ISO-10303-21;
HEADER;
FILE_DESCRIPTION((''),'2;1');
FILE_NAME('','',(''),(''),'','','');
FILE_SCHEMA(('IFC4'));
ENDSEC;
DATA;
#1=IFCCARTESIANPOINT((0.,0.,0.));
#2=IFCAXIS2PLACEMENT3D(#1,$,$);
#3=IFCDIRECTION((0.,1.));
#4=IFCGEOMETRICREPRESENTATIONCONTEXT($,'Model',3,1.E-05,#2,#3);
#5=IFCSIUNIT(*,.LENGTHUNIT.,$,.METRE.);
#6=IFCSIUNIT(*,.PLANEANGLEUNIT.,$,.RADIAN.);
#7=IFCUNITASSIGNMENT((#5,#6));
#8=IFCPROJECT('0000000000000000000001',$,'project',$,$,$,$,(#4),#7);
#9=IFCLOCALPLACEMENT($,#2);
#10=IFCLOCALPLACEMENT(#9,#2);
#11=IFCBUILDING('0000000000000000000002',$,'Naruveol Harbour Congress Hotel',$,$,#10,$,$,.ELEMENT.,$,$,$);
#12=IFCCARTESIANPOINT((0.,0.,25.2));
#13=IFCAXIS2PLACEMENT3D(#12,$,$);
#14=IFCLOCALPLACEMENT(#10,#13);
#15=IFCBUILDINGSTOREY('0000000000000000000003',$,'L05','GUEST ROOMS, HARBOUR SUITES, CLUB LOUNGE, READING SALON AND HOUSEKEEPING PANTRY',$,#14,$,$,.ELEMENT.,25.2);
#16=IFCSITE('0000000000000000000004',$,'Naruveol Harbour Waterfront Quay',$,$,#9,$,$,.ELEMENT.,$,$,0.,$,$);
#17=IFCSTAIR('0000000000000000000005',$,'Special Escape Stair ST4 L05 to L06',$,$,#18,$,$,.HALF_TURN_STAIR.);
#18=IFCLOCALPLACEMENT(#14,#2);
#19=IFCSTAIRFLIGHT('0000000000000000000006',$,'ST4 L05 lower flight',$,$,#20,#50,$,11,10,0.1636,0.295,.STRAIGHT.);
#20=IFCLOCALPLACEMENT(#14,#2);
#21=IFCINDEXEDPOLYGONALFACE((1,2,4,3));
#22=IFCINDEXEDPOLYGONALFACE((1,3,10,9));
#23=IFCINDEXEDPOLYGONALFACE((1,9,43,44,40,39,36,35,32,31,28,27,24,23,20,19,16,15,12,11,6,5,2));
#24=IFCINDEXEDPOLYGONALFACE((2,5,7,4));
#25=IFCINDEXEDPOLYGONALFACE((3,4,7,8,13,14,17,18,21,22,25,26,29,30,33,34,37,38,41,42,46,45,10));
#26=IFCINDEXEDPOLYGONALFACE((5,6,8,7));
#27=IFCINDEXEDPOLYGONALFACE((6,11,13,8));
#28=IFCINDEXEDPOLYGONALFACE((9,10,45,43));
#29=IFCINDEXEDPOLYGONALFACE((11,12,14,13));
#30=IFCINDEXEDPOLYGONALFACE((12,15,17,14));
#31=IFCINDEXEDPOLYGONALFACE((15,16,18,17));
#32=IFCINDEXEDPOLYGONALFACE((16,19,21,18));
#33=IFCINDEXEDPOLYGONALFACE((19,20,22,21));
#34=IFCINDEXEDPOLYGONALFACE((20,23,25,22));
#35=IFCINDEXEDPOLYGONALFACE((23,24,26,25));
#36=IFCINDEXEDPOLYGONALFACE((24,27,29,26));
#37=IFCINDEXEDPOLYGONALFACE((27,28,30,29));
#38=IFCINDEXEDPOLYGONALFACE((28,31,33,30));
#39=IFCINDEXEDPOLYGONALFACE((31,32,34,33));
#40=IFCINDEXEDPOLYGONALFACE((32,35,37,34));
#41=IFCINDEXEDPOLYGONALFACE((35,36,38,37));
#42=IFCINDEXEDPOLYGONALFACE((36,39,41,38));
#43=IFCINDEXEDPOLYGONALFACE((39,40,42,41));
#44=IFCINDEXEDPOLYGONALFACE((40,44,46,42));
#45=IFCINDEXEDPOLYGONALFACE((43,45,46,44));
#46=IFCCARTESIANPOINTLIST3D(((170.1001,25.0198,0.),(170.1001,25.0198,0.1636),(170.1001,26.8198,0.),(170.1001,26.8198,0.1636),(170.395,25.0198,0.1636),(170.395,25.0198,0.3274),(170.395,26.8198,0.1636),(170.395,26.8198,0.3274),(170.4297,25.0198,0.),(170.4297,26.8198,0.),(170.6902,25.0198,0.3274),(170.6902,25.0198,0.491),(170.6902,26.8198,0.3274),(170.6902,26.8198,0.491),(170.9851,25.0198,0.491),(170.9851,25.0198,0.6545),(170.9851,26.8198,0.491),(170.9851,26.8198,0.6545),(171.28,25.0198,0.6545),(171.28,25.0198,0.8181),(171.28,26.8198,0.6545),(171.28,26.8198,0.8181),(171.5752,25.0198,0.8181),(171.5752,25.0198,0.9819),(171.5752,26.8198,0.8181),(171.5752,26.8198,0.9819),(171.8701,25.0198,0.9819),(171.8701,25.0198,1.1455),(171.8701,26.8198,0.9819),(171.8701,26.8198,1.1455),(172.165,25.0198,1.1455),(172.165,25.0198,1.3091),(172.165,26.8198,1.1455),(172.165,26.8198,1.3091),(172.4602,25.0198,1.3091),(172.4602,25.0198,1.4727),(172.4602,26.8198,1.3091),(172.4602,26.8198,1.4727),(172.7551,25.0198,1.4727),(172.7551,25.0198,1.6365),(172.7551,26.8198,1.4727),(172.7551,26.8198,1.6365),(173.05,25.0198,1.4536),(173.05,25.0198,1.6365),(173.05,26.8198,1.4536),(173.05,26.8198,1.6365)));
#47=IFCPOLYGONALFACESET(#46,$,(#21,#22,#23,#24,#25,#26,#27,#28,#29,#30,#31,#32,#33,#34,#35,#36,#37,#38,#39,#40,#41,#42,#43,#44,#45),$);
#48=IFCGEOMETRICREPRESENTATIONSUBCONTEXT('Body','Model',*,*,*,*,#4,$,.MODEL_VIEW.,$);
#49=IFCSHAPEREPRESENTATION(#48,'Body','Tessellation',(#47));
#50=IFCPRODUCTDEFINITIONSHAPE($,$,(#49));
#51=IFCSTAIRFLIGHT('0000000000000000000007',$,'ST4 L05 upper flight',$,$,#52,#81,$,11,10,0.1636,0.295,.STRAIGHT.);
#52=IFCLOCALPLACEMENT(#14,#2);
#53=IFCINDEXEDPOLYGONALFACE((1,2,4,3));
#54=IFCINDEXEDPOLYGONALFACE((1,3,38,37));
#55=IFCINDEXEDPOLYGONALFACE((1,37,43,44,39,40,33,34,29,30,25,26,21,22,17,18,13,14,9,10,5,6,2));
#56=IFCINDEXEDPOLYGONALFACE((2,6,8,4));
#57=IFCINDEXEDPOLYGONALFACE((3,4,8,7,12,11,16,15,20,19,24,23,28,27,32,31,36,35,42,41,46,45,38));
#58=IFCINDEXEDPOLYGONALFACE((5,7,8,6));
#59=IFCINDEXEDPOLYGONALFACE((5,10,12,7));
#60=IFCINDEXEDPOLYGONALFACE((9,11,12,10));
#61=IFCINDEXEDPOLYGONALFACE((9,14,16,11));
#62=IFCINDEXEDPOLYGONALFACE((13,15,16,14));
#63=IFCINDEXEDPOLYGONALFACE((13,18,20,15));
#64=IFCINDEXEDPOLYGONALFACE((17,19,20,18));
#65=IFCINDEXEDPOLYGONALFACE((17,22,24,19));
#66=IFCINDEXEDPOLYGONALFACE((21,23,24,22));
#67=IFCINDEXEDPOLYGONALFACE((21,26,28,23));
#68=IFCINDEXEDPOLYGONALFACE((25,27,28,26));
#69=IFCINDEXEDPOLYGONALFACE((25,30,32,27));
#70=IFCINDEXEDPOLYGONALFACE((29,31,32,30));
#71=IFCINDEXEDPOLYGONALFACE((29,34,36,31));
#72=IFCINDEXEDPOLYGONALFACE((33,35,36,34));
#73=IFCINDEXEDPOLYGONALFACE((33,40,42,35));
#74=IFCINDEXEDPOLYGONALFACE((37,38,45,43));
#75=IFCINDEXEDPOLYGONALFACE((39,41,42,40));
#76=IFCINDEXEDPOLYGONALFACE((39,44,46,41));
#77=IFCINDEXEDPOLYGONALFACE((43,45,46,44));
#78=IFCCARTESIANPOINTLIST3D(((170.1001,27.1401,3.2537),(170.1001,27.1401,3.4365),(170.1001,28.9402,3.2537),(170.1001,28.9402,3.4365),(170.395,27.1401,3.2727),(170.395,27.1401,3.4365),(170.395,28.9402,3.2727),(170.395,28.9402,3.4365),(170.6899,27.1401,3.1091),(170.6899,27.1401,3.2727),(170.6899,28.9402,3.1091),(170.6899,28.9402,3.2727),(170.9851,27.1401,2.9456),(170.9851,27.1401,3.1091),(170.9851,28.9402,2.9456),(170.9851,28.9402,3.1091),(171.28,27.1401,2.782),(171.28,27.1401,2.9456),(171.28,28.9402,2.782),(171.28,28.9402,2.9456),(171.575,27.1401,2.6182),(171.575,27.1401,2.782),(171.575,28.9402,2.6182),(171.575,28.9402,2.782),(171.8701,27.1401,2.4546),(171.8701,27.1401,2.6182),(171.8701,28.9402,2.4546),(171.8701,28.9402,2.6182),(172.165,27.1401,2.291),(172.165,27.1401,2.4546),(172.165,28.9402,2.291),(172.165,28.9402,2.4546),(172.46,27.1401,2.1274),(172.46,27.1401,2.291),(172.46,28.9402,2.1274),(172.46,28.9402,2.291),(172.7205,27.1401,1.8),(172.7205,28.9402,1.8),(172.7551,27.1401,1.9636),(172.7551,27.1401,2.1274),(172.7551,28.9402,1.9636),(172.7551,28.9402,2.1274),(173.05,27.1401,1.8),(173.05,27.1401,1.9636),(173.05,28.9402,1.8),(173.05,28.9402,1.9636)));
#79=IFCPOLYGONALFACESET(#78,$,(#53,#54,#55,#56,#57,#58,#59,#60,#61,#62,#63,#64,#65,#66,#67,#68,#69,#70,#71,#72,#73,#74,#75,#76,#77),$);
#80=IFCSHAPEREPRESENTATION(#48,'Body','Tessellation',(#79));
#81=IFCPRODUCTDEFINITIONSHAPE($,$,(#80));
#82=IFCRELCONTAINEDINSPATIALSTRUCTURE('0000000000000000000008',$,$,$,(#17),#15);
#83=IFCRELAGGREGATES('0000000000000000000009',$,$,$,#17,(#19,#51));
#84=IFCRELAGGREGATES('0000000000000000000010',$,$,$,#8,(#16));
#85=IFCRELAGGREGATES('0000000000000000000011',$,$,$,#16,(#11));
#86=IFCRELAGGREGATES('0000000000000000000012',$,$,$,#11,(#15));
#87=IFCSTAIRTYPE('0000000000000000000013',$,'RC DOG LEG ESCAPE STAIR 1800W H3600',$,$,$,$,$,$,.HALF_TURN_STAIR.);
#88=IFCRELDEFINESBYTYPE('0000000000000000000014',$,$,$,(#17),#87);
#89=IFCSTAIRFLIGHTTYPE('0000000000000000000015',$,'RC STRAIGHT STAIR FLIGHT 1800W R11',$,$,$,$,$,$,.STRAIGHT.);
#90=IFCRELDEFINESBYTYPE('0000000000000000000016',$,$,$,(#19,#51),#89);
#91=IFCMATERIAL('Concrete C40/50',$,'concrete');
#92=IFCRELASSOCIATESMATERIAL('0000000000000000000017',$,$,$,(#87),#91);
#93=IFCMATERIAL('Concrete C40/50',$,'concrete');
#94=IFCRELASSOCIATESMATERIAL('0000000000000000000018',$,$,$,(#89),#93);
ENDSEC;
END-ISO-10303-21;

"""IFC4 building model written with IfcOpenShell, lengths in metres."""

from ifc_helpers import new_model, si_unit, direction, frame, origin, place, context, subcontext, project, spatial, polyline, outline, extrude, material, type_object, element, aggregate, save


model = new_model("IFC4")

# Units and contexts
model_context = context("Model", 3, precision=1e-05, world=origin(), true_north=direction((0.0, 1.0)))
body_context = subcontext(model_context, "Body", "Model", "MODEL_VIEW")
ifc_project = project(units=[si_unit("LENGTHUNIT", "METRE"), si_unit("PLANEANGLEUNIT", "RADIAN")], contexts=[model_context])

# Site, building, storey
site_placement = place(None, origin())
site = spatial("IfcSite", under=ifc_project, at=site_placement, Name="Naruveol Harbour Waterfront Quay", CompositionType="ELEMENT", RefElevation=0.0)
building_placement = place(site_placement, origin())
building = spatial("IfcBuilding", under=site, at=building_placement, Name="Naruveol Harbour Congress Hotel", CompositionType="ELEMENT")
storey_placement = place(building_placement, frame((0.0, 0.0, 25.2)))
storey = spatial("IfcBuildingStorey", under=building, at=storey_placement, Name="L05", Description="GUEST ROOMS, HARBOUR SUITES, CLUB LOUNGE, READING SALON AND HOUSEKEEPING PANTRY", CompositionType="ELEMENT", Elevation=25.2)

# Stair, stair flights
ifc_material_1 = material(Name="Concrete C40/50", Category="concrete")
stair_type = type_object("IfcStairType", Name="RC DOG LEG ESCAPE STAIR 1800W H3600", PredefinedType="HALF_TURN_STAIR", material=ifc_material_1)
stair_placement = place(storey_placement, origin())
stair = element("IfcStair", 1, at=stair_placement, inside=storey, type_object=stair_type, Name="Special Escape Stair ST4 L05 to L06", PredefinedType="HALF_TURN_STAIR")
ifc_material_2 = material(Name="Concrete C40/50", Category="concrete")
stair_flight_type = type_object("IfcStairFlightType", Name="RC STRAIGHT STAIR FLIGHT 1800W R11", PredefinedType="STRAIGHT", material=ifc_material_2)
stair_flight_1_placement = place(storey_placement, frame((170.1001, 25.9199, 0.0), z_axis=(0.0, 0.0, 1.0), x_axis=(1.0, 0.0, 0.0)))
stair_flight_1 = element("IfcStairFlight", 2, at=stair_flight_1_placement, type_object=stair_flight_type, Name="ST4 L05 lower flight", NumberOfRisers=11, NumberOfTreads=10, PredefinedType="STRAIGHT", RiserHeight=0.1636, TreadLength=0.295, context=body_context, shape_type="SweptSolid", body=[
    extrude(outline(polyline([(0.0, 0.0), (0.0, 0.1636), (0.2949, 0.1636), (0.2949, 0.3274), (0.5901, 0.3274), (0.5901, 0.491), (0.885, 0.491), (0.885, 0.6545), (1.1799, 0.6545), (1.1799, 0.8181), (1.4751, 0.8181), (1.4751, 0.9819), (1.77, 0.9819), (1.77, 1.1455), (2.0649, 1.1455), (2.0649, 1.3091), (2.3601, 1.3091), (2.3601, 1.4727), (2.655, 1.4727), (2.655, 1.6365), (2.95, 1.6365), (2.95, 1.8), (2.95, 1.4536), (0.3296, 0.0), (0.0, 0.0)])), frame((0.0, 0.8999, 0.0), z_axis=(0.0, -1.0, 0.0), x_axis=(1.0, 0.0, 0.0)), (0.0, 0.0, 1.0), 1.8),
])
stair_flight_2_placement = place(storey_placement, frame((173.05, 28.04, 1.8), z_axis=(0.0, 0.0, 1.0), x_axis=(-1.0, 0.0, 0.0)))
stair_flight_2 = element("IfcStairFlight", 3, at=stair_flight_2_placement, type_object=stair_flight_type, Name="ST4 L05 upper flight", NumberOfRisers=11, NumberOfTreads=10, PredefinedType="STRAIGHT", RiserHeight=0.1636, TreadLength=0.295, context=body_context, shape_type="SweptSolid", body=[
    extrude(outline(polyline([(0.0, 0.0), (0.0, 0.1636), (0.2949, 0.1636), (0.2949, 0.3274), (0.5901, 0.3274), (0.5901, 0.491), (0.885, 0.491), (0.885, 0.6545), (1.1799, 0.6545), (1.1799, 0.8181), (1.4751, 0.8181), (1.4751, 0.9819), (1.77, 0.9819), (1.77, 1.1455), (2.0649, 1.1455), (2.0649, 1.3091), (2.3601, 1.3091), (2.3601, 1.4727), (2.655, 1.4727), (2.655, 1.6365), (2.95, 1.6365), (2.95, 1.8), (2.95, 1.4536), (0.3296, 0.0), (0.0, 0.0)])), frame((0.0, 0.8999, 0.0), z_axis=(0.0, -1.0, 0.0), x_axis=(1.0, 0.0, 0.0)), (0.0, 0.0, 1.0), 1.8),
])
aggregate(stair, [stair_flight_1, stair_flight_2])

save(model, "model.ifc")
